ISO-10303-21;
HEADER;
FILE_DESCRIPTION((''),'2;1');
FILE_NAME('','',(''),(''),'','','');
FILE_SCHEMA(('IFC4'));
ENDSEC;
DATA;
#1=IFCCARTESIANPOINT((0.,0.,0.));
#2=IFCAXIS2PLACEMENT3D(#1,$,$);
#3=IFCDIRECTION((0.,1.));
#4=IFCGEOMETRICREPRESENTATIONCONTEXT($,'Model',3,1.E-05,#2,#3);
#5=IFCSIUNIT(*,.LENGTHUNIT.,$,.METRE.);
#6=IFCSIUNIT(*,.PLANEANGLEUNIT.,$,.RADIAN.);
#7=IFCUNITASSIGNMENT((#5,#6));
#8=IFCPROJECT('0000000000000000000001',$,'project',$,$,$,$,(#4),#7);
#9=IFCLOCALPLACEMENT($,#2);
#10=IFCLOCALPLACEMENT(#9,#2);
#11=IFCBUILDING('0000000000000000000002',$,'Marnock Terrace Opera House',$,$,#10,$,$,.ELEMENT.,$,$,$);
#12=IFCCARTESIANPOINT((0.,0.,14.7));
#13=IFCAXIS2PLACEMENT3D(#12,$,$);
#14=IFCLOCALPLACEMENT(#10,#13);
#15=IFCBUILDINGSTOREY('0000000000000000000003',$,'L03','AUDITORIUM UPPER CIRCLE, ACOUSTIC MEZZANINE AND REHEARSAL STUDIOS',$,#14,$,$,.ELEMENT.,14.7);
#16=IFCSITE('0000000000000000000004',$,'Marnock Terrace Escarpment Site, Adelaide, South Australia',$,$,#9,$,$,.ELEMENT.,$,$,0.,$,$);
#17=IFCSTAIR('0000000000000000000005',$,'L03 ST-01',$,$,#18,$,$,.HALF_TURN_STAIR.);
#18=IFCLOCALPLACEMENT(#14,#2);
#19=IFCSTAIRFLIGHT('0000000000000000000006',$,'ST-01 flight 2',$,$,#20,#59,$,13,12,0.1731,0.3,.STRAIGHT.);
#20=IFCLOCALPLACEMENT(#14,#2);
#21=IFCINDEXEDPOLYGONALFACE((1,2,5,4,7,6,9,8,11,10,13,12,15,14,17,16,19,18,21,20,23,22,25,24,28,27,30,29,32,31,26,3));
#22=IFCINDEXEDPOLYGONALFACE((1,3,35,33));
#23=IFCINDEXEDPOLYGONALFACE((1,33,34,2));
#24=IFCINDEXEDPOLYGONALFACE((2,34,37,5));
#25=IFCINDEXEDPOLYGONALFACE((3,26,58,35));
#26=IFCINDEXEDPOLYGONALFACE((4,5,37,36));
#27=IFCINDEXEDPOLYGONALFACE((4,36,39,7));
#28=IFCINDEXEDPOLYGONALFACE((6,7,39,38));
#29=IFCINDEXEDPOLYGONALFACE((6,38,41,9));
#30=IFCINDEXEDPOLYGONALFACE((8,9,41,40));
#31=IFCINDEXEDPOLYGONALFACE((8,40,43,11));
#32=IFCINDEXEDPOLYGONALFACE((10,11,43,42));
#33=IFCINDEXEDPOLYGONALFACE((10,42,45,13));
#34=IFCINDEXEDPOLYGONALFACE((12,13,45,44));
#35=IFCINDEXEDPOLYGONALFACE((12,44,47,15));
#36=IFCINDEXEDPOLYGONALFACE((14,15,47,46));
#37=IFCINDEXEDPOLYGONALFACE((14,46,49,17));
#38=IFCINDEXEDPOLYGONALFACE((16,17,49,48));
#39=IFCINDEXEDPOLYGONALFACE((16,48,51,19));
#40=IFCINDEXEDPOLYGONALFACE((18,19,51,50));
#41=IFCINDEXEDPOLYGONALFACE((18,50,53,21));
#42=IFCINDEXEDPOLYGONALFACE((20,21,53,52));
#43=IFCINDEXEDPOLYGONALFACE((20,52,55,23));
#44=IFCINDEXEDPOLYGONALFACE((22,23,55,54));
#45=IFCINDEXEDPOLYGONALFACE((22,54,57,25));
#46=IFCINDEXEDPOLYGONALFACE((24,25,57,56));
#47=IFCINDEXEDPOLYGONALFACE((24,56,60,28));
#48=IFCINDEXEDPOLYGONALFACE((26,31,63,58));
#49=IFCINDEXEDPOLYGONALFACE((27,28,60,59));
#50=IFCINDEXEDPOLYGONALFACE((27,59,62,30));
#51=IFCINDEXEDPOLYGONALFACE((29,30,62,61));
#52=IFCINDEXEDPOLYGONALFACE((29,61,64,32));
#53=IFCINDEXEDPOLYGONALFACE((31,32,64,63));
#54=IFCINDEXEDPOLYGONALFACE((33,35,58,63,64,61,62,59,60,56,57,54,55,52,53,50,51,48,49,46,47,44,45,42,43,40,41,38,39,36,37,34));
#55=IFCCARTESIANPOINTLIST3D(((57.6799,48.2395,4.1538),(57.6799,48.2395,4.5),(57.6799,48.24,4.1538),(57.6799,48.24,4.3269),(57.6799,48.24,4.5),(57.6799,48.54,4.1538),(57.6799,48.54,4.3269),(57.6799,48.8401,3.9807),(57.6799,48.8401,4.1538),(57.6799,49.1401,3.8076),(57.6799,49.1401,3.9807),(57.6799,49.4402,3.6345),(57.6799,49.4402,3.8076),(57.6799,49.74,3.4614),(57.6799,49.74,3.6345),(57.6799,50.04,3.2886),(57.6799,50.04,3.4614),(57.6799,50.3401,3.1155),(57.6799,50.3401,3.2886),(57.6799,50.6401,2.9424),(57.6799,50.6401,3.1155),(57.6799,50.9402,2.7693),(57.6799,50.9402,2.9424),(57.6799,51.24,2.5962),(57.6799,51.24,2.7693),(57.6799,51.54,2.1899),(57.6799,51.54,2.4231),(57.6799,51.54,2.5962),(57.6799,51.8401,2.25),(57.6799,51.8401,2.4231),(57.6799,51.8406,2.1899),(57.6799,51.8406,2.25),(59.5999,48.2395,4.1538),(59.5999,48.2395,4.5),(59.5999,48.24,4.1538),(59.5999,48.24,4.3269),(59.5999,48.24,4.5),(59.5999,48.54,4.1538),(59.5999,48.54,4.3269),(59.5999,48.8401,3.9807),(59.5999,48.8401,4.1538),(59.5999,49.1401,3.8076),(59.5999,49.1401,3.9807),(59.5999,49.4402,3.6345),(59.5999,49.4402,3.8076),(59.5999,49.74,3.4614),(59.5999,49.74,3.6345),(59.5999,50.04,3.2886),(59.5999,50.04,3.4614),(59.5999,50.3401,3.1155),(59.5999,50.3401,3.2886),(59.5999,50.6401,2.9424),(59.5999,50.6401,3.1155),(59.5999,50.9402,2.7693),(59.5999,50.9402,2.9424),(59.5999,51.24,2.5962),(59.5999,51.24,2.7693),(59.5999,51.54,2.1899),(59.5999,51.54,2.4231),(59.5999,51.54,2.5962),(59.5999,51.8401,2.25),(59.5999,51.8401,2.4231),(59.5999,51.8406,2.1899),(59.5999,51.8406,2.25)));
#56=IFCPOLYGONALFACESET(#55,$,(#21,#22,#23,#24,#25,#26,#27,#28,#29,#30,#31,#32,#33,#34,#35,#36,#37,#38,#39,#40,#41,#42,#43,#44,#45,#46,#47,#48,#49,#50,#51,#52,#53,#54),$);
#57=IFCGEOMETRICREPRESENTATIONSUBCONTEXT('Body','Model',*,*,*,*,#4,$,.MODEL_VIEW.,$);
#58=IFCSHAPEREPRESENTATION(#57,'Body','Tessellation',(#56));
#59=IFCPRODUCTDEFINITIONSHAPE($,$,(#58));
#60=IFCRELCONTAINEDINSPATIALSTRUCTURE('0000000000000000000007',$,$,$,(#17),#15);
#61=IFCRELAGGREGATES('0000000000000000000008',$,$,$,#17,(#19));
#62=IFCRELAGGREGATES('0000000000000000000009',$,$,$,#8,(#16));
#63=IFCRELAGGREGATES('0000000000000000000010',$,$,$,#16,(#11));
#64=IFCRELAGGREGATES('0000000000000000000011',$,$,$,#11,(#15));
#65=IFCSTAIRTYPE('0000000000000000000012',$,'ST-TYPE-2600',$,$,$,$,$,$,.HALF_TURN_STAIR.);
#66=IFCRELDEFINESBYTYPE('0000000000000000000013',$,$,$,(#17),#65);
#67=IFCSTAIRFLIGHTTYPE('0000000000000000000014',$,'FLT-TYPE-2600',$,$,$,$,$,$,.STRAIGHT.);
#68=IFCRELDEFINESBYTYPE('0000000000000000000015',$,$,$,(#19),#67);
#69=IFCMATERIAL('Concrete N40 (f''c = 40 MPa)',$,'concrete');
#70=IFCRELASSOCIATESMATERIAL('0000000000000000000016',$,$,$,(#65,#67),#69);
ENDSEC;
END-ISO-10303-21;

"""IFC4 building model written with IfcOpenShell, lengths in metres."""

from ifc_helpers import new_model, si_unit, direction, frame, origin, place, context, subcontext, project, spatial, polyline, outline, extrude, material, type_object, element, aggregate, save


model = new_model("IFC4")

# Units and contexts
model_context = context("Model", 3, precision=1e-05, world=origin(), true_north=direction((0.0, 1.0)))
body_context = subcontext(model_context, "Body", "Model", "MODEL_VIEW")
ifc_project = project(units=[si_unit("LENGTHUNIT", "METRE"), si_unit("PLANEANGLEUNIT", "RADIAN")], contexts=[model_context])

# Site, building, storey
site_placement = place(None, origin())
site = spatial("IfcSite", under=ifc_project, at=site_placement, Name="Marnock Terrace Escarpment Site, Adelaide, South Australia", CompositionType="ELEMENT", RefElevation=0.0)
building_placement = place(site_placement, origin())
building = spatial("IfcBuilding", under=site, at=building_placement, Name="Marnock Terrace Opera House", CompositionType="ELEMENT")
storey_placement = place(building_placement, frame((0.0, 0.0, 14.7)))
storey = spatial("IfcBuildingStorey", under=building, at=storey_placement, Name="L03", Description="AUDITORIUM UPPER CIRCLE, ACOUSTIC MEZZANINE AND REHEARSAL STUDIOS", CompositionType="ELEMENT", Elevation=14.7)

# Shared definitions
ifc_material_1 = material(Name="Concrete N40 (f'c = 40 MPa)", Category="concrete")

# Stair, stair flight
stair_type = type_object("IfcStairType", Name="ST-TYPE-2600", PredefinedType="HALF_TURN_STAIR", material=ifc_material_1)
stair_placement = place(storey_placement, origin())
stair = element("IfcStair", 1, at=stair_placement, inside=storey, type_object=stair_type, Name="L03 ST-01", PredefinedType="HALF_TURN_STAIR")
stair_flight_type = type_object("IfcStairFlightType", Name="FLT-TYPE-2600", PredefinedType="STRAIGHT", material=ifc_material_1)
stair_flight_placement = place(storey_placement, frame((58.6399, 51.8401, 2.25), z_axis=(0.0, 0.0, 1.0), x_axis=(0.0, -1.0, 0.0)))
stair_flight = element("IfcStairFlight", 2, at=stair_flight_placement, type_object=stair_flight_type, Name="ST-01 flight 2", NumberOfRisers=13, NumberOfTreads=12, PredefinedType="STRAIGHT", RiserHeight=0.1731, TreadLength=0.3, context=body_context, shape_type="SweptSolid", body=[
    extrude(outline(polyline([(-0.0005, -0.0601), (-0.0005, 0.0), (0.0, 0.0), (0.0, 0.1731), (0.3, 0.1731), (0.3, 0.3462), (0.6001, 0.3462), (0.6001, 0.5193), (0.8999, 0.5193), (0.8999, 0.6924), (1.2, 0.6924), (1.2, 0.8655), (1.5, 0.8655), (1.5, 1.0386), (1.8, 1.0386), (1.8, 1.2114), (2.1001, 1.2114), (2.1001, 1.3845), (2.3999, 1.3845), (2.3999, 1.5576), (2.7, 1.5576), (2.7, 1.7307), (3.0, 1.7307), (3.0, 1.9038), (3.3, 1.9038), (3.3, 2.0769), (3.6001, 2.0769), (3.6001, 2.25), (3.6006, 2.25), (3.6006, 1.9038), (3.6001, 1.9038), (0.3, -0.0601), (-0.0005, -0.0601)])), frame((0.0, 0.96, 0.0), z_axis=(0.0, -1.0, 0.0), x_axis=(1.0, 0.0, 0.0)), (0.0, 0.0, 1.0), 1.9199),
])
aggregate(stair, [stair_flight])

save(model, "model.ifc")
